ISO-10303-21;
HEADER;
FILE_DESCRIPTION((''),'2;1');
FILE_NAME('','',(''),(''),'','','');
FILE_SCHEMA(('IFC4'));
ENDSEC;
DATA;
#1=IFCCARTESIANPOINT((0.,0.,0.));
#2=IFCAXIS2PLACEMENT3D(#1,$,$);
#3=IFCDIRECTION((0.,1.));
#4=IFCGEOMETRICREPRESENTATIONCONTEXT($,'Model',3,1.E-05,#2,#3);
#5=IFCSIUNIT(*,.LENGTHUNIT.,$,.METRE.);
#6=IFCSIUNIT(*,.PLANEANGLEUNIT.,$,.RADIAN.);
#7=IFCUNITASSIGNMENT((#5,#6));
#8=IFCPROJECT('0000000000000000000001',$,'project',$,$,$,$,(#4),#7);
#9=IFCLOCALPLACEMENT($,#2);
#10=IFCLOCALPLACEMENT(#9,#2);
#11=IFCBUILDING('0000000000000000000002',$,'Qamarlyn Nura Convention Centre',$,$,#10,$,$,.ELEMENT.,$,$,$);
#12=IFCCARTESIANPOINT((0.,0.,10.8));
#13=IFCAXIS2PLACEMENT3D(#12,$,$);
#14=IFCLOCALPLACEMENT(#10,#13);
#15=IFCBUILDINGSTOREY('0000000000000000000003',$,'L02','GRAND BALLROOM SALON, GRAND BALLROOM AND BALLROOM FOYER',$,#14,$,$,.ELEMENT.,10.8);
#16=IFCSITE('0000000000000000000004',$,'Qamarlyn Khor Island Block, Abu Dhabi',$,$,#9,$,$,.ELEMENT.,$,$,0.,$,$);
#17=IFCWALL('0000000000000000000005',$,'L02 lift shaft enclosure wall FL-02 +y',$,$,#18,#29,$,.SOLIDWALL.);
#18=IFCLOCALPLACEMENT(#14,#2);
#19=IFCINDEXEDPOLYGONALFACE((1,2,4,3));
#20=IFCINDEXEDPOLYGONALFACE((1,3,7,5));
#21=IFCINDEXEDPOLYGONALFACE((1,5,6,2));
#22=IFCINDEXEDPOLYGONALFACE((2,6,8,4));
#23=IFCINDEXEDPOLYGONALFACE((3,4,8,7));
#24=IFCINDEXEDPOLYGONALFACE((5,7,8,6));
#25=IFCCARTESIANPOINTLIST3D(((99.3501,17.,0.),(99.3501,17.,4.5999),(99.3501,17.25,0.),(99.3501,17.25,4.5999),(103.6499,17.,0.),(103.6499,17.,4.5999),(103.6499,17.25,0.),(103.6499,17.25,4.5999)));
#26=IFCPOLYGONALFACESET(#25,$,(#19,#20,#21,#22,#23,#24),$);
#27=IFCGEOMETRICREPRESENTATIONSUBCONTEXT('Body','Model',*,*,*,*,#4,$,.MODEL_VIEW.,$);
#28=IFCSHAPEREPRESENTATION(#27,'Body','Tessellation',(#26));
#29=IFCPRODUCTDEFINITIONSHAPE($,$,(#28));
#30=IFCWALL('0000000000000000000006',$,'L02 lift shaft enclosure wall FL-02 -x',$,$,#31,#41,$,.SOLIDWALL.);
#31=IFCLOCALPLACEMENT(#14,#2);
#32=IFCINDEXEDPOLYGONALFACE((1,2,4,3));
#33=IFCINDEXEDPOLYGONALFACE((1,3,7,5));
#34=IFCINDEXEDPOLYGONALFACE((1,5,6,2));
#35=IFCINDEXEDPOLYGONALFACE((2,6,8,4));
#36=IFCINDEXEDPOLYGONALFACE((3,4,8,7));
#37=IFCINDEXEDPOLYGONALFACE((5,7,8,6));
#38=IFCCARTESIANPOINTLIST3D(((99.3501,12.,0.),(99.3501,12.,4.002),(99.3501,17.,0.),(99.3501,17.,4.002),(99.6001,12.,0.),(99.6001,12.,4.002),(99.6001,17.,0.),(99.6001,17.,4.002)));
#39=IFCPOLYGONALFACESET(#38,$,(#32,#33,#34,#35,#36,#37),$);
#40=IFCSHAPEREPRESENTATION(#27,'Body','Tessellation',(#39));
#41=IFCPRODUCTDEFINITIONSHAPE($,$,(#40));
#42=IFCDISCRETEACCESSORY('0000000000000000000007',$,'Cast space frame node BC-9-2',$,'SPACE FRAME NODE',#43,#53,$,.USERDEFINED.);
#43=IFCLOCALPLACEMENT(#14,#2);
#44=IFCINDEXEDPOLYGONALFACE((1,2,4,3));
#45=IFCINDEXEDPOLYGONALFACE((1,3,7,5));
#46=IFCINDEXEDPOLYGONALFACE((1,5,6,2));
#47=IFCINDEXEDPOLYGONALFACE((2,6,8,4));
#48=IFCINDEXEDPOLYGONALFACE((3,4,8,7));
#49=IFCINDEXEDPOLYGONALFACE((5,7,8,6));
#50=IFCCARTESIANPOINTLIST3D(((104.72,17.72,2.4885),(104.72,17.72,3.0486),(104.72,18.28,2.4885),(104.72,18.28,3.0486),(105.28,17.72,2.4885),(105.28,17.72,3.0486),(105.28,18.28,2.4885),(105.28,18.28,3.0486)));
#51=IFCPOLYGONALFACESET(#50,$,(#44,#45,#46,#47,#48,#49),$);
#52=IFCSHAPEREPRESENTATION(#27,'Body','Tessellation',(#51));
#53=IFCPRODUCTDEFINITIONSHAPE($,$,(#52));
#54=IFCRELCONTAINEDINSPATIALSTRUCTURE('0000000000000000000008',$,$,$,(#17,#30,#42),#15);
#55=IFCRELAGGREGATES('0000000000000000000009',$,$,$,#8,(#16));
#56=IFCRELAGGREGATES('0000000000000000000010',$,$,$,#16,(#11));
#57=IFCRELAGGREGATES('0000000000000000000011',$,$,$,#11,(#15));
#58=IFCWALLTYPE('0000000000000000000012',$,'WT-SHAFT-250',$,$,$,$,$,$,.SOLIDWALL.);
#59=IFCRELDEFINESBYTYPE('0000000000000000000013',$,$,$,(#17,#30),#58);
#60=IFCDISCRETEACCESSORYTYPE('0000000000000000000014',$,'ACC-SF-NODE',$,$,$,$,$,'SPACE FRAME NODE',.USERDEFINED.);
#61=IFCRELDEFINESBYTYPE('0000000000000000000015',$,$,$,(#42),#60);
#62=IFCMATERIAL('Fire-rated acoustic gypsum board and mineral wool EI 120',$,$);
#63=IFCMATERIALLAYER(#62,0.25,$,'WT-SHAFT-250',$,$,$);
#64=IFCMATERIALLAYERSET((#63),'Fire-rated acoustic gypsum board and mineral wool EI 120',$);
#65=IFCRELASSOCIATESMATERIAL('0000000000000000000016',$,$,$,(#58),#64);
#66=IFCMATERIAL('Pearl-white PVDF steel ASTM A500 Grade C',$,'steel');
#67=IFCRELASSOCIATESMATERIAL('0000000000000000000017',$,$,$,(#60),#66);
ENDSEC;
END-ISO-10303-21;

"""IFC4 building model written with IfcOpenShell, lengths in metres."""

from ifc_helpers import new_model, si_unit, direction, frame, frame_2d, origin, origin_2d, place, context, subcontext, project, spatial, rectangle, extrude, material, layer, layer_set, type_object, element, save


model = new_model("IFC4")

# Units and contexts
model_context = context("Model", 3, precision=1e-05, world=origin(), true_north=direction((0.0, 1.0)))
body_context = subcontext(model_context, "Body", "Model", "MODEL_VIEW")
ifc_project = project(units=[si_unit("LENGTHUNIT", "METRE"), si_unit("PLANEANGLEUNIT", "RADIAN")], contexts=[model_context])

# Site, building, storey
site_placement = place(None, origin())
site = spatial("IfcSite", under=ifc_project, at=site_placement, Name="Qamarlyn Khor Island Block, Abu Dhabi", CompositionType="ELEMENT", RefElevation=0.0)
building_placement = place(site_placement, origin())
building = spatial("IfcBuilding", under=site, at=building_placement, Name="Qamarlyn Nura Convention Centre", CompositionType="ELEMENT")
storey_placement = place(building_placement, frame((0.0, 0.0, 10.8)))
storey = spatial("IfcBuildingStorey", under=building, at=storey_placement, Name="L02", Description="GRAND BALLROOM SALON, GRAND BALLROOM AND BALLROOM FOYER", CompositionType="ELEMENT", Elevation=10.8)

# Shared definitions
ifc_material_1 = material(Name="Pearl-white PVDF steel ASTM A500 Grade C", Category="steel")

# Walls
ifc_material_2 = material(Name="Fire-rated acoustic gypsum board and mineral wool EI 120")
ifc_layer_1 = layer(ifc_material_2, 0.25, Name="WT-SHAFT-250")
ifc_layer_set_1 = layer_set([ifc_layer_1], Name="Fire-rated acoustic gypsum board and mineral wool EI 120")
wall_type = type_object("IfcWallType", Name="WT-SHAFT-250", PredefinedType="SOLIDWALL", material=ifc_layer_set_1)
wall_1_placement = place(storey_placement, frame((103.6499, 17.125, 0.0), z_axis=(0.0, 0.0, 1.0), x_axis=(-1.0, 0.0, 0.0)))
element("IfcWall", 1, at=wall_1_placement, inside=storey, type_object=wall_type, Name="L02 lift shaft enclosure wall FL-02 +y", PredefinedType="SOLIDWALL", context=body_context, shape_type="SweptSolid", body=[
    extrude(rectangle(XDim=4.2998, YDim=0.25, at=frame_2d((2.1499, 0.0))), origin(), (0.0, 0.0, 1.0), 4.5999),
])
wall_2_placement = place(storey_placement, frame((99.4751, 17.0, 0.0), z_axis=(0.0, 0.0, 1.0), x_axis=(0.0, -1.0, 0.0)))
element("IfcWall", 2, at=wall_2_placement, inside=storey, type_object=wall_type, Name="L02 lift shaft enclosure wall FL-02 -x", PredefinedType="SOLIDWALL", context=body_context, shape_type="SweptSolid", body=[
    extrude(rectangle(XDim=5.0, YDim=0.25, at=frame_2d((2.5, 0.0))), origin(), (0.0, 0.0, 1.0), 4.002),
])

# Discrete accessory
discrete_accessory_type = type_object("IfcDiscreteAccessoryType", Name="ACC-SF-NODE", ElementType="SPACE FRAME NODE", PredefinedType="USERDEFINED", material=ifc_material_1)
discrete_accessory_placement = place(storey_placement, frame((105.0, 18.0, 2.4885), z_axis=(0.0, 0.0, 1.0), x_axis=(1.0, 0.0, 0.0)))
element("IfcDiscreteAccessory", 3, at=discrete_accessory_placement, inside=storey, type_object=discrete_accessory_type, Name="Cast space frame node BC-9-2", ObjectType="SPACE FRAME NODE", PredefinedType="USERDEFINED", context=body_context, shape_type="SweptSolid", body=[
    extrude(rectangle(XDim=0.5601, YDim=0.5601, at=origin_2d()), origin(), (0.0, 0.0, 1.0), 0.5601),
])

save(model, "model.ifc")
